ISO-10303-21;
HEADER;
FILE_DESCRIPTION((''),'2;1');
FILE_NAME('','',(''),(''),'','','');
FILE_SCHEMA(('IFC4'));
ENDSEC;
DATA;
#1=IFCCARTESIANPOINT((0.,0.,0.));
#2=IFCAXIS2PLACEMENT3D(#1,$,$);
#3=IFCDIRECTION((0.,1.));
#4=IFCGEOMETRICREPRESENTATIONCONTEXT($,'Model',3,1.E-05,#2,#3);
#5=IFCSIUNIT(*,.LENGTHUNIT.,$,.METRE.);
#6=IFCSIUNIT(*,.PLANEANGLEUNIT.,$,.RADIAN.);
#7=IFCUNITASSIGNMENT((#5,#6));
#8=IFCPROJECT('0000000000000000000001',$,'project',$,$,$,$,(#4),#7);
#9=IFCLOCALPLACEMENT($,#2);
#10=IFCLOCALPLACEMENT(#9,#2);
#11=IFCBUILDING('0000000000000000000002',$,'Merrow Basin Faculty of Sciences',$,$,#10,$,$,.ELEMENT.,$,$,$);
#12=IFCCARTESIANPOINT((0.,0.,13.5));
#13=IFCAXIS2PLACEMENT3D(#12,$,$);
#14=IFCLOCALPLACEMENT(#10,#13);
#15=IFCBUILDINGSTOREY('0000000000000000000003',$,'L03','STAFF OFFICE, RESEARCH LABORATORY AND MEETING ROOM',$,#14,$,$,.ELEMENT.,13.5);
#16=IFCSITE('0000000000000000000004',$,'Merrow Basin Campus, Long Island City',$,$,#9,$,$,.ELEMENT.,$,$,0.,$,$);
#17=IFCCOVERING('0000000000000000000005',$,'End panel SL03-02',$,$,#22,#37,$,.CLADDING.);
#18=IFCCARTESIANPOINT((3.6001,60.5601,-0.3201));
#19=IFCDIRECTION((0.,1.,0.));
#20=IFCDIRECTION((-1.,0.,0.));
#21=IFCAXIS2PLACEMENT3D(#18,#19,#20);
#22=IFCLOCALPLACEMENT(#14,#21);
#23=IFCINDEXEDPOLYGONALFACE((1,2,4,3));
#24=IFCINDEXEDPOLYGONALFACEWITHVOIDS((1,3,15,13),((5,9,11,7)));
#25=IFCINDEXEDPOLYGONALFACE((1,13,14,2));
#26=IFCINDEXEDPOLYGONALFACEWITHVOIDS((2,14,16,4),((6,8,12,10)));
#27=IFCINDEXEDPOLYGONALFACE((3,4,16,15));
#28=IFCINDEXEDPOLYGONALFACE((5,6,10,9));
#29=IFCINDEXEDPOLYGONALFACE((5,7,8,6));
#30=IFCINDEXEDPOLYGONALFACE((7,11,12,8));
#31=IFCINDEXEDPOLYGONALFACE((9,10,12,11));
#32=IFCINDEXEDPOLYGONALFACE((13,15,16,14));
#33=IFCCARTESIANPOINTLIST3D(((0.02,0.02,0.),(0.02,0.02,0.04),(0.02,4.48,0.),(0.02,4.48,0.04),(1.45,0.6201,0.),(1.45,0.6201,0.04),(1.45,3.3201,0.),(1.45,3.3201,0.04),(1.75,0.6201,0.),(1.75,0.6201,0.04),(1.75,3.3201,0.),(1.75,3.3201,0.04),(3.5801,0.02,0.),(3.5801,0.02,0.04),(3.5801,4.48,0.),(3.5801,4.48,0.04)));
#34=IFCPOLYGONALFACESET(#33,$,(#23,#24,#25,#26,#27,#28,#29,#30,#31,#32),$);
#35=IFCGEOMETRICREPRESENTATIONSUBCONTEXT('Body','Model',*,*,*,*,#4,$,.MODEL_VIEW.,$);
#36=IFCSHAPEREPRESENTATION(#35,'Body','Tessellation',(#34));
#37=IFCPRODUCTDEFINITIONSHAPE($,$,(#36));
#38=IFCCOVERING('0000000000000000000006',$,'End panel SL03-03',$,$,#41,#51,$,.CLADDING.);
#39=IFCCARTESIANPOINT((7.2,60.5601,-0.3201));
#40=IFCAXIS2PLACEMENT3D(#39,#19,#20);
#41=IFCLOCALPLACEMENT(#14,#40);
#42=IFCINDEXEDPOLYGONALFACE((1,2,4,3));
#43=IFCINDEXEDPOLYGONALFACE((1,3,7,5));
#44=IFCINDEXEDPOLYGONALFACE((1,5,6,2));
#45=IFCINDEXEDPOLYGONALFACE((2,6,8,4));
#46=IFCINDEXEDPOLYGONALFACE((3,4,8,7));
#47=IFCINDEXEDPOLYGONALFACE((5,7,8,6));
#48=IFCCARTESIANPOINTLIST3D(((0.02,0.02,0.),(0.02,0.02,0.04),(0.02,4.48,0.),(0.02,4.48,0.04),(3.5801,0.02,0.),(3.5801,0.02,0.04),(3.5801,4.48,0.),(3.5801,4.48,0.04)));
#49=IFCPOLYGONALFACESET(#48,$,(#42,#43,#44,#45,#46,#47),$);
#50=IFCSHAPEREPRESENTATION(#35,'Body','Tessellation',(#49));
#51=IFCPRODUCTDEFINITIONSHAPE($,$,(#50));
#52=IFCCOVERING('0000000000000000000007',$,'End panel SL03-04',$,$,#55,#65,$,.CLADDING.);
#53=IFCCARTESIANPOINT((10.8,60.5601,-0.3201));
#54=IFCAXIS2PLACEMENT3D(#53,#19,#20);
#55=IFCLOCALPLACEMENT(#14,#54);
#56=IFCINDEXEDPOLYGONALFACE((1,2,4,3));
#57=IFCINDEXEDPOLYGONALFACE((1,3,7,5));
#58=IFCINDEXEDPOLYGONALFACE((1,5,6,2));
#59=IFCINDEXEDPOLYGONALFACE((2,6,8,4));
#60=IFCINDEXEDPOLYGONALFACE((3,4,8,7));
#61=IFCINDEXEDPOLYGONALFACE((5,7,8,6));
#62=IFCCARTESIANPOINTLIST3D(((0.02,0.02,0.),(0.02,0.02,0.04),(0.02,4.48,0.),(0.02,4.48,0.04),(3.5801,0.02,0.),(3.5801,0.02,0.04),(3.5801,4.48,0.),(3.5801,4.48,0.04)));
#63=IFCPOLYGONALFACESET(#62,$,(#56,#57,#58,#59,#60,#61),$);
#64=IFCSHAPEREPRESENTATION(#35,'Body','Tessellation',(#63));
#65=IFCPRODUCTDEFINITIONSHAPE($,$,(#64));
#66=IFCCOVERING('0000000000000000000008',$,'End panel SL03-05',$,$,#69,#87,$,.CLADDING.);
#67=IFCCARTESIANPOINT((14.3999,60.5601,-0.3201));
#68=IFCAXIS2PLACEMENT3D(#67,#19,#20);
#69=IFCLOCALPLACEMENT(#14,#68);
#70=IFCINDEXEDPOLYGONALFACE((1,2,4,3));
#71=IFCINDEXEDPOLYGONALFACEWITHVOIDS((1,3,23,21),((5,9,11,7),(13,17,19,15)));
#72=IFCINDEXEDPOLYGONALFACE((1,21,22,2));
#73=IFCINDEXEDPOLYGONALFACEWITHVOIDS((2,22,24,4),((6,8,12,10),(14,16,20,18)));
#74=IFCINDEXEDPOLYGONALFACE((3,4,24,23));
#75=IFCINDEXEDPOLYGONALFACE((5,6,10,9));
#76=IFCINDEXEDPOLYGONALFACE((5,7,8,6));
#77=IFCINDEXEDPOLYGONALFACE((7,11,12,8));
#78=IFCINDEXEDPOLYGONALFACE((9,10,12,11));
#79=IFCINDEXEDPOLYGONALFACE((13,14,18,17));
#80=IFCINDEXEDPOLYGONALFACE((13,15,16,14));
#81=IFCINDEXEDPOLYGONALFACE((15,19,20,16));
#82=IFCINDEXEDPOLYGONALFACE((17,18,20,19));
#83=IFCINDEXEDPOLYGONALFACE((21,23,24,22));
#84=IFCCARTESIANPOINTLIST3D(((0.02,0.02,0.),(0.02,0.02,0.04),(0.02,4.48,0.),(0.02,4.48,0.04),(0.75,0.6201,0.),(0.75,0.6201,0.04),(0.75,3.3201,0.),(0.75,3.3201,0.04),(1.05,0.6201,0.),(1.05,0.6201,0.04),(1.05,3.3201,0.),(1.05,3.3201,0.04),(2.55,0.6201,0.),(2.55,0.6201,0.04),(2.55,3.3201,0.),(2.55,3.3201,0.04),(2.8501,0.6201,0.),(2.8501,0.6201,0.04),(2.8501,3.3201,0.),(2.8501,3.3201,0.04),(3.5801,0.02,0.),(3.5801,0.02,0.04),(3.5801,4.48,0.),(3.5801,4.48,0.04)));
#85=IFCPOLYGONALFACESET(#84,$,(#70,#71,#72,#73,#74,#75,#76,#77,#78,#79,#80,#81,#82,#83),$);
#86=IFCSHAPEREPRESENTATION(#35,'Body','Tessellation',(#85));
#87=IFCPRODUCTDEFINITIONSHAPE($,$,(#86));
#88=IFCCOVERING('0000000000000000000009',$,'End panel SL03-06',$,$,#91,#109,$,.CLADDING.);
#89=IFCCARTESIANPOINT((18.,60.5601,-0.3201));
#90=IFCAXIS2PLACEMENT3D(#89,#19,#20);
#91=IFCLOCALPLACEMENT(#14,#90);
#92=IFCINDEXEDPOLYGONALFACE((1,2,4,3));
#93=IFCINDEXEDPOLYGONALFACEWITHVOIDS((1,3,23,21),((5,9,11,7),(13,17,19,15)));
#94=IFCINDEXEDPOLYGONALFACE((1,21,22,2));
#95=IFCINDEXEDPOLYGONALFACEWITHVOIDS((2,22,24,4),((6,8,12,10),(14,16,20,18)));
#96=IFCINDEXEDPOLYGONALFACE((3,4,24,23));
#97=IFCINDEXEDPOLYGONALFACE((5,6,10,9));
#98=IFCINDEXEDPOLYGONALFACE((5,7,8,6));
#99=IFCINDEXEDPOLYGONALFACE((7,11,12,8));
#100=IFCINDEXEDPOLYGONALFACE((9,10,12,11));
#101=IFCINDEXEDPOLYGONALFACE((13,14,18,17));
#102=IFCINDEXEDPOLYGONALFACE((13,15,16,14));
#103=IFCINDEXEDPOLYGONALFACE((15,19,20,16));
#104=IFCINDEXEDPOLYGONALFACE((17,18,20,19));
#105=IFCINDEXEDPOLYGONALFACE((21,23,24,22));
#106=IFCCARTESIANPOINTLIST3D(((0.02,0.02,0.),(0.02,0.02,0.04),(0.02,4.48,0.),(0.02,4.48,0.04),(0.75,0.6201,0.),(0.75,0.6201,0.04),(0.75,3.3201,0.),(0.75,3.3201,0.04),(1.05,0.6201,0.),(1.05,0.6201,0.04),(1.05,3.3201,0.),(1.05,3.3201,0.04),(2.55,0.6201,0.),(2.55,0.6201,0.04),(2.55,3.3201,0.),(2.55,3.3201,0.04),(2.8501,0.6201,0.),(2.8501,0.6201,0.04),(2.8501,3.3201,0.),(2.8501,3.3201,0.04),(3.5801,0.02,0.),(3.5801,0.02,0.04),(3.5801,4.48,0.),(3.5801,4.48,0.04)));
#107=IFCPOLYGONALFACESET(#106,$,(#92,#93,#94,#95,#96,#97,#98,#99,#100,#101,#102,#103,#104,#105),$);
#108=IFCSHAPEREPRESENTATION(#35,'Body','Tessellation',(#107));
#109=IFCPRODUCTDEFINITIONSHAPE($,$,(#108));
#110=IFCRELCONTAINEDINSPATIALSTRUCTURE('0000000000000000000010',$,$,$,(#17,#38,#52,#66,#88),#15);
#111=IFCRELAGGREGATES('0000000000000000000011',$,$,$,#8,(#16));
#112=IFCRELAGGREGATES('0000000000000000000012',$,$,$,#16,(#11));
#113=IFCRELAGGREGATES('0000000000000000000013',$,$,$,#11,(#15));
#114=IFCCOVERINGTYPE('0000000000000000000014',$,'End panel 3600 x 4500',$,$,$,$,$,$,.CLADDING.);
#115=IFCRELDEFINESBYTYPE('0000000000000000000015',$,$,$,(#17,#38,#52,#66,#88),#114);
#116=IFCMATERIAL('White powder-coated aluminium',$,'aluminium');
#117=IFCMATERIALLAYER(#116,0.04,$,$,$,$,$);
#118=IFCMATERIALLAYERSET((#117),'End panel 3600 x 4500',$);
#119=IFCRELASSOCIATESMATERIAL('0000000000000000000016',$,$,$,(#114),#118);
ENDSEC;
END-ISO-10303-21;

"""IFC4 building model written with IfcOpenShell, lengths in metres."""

from ifc_helpers import new_model, si_unit, direction, frame, origin, place, context, subcontext, project, spatial, polyline, outline, extrude, source, transform, mapped, material, layer, layer_set, type_object, element, save


model = new_model("IFC4")

# Units and contexts
model_context = context("Model", 3, precision=1e-05, world=origin(), true_north=direction((0.0, 1.0)))
body_context = subcontext(model_context, "Body", "Model", "MODEL_VIEW")
ifc_project = project(units=[si_unit("LENGTHUNIT", "METRE"), si_unit("PLANEANGLEUNIT", "RADIAN")], contexts=[model_context])

# Site, building, storey
site_placement = place(None, origin())
site = spatial("IfcSite", under=ifc_project, at=site_placement, Name="Merrow Basin Campus, Long Island City", CompositionType="ELEMENT", RefElevation=0.0)
building_placement = place(site_placement, origin())
building = spatial("IfcBuilding", under=site, at=building_placement, Name="Merrow Basin Faculty of Sciences", CompositionType="ELEMENT")
storey_placement = place(building_placement, frame((0.0, 0.0, 13.5)))
storey = spatial("IfcBuildingStorey", under=building, at=storey_placement, Name="L03", Description="STAFF OFFICE, RESEARCH LABORATORY AND MEETING ROOM", CompositionType="ELEMENT", Elevation=13.5)

# Coverings
ifc_material_1 = material(Name="White powder-coated aluminium", Category="aluminium")
ifc_layer = layer(ifc_material_1, 0.04)
ifc_layer_set = layer_set([ifc_layer], Name="End panel 3600 x 4500")
covering_type = type_object("IfcCoveringType", Name="End panel 3600 x 4500", PredefinedType="CLADDING", material=ifc_layer_set)
shared_shape_1 = source(origin(), body_context, "Body", "SweptSolid", [
    extrude(outline(polyline([(0.02, 0.02), (3.5801, 0.02), (3.5801, 4.48), (0.02, 4.48), (0.02, 0.02)]), holes=[polyline([(1.45, 0.6201), (1.75, 0.6201), (1.75, 3.3201), (1.45, 3.3201), (1.45, 0.6201)])]), origin(), (0.0, 0.0, 1.0), 0.04),
])
covering_1_placement = place(storey_placement, frame((3.6001, 60.5601, -0.3201), z_axis=(0.0, 1.0, 0.0), x_axis=(-1.0, 0.0, 0.0)))
element("IfcCovering", 1, at=covering_1_placement, inside=storey, type_object=covering_type, Name="End panel SL03-02", PredefinedType="CLADDING", context=body_context, shape_type="MappedRepresentation", body=[
    mapped(shared_shape_1, transform((0.0, 0.0, 0.0), scale=1.0)),
])
shared_shape_2 = source(origin(), body_context, "Body", "SweptSolid", [
    extrude(outline(polyline([(0.02, 0.02), (3.5801, 0.02), (3.5801, 4.48), (0.02, 4.48), (0.02, 0.02)])), origin(), (0.0, 0.0, 1.0), 0.04),
])
covering_2_placement = place(storey_placement, frame((7.2, 60.5601, -0.3201), z_axis=(0.0, 1.0, 0.0), x_axis=(-1.0, 0.0, 0.0)))
element("IfcCovering", 2, at=covering_2_placement, inside=storey, type_object=covering_type, Name="End panel SL03-03", PredefinedType="CLADDING", context=body_context, shape_type="MappedRepresentation", body=[
    mapped(shared_shape_2, transform((0.0, 0.0, 0.0), scale=1.0)),
])
shared_shape_3 = source(origin(), body_context, "Body", "SweptSolid", [
    extrude(outline(polyline([(0.02, 0.02), (3.5801, 0.02), (3.5801, 4.48), (0.02, 4.48), (0.02, 0.02)])), origin(), (0.0, 0.0, 1.0), 0.04),
])
covering_3_placement = place(storey_placement, frame((10.8, 60.5601, -0.3201), z_axis=(0.0, 1.0, 0.0), x_axis=(-1.0, 0.0, 0.0)))
element("IfcCovering", 3, at=covering_3_placement, inside=storey, type_object=covering_type, Name="End panel SL03-04", PredefinedType="CLADDING", context=body_context, shape_type="MappedRepresentation", body=[
    mapped(shared_shape_3, transform((0.0, 0.0, 0.0), scale=1.0)),
])
shared_shape_4 = source(origin(), body_context, "Body", "SweptSolid", [
    extrude(outline(polyline([(0.02, 0.02), (3.5801, 0.02), (3.5801, 4.48), (0.02, 4.48), (0.02, 0.02)]), holes=[polyline([(2.55, 0.6201), (2.8501, 0.6201), (2.8501, 3.3201), (2.55, 3.3201), (2.55, 0.6201)]), polyline([(0.75, 0.6201), (1.05, 0.6201), (1.05, 3.3201), (0.75, 3.3201), (0.75, 0.6201)])]), origin(), (0.0, 0.0, 1.0), 0.04),
])
covering_4_placement = place(storey_placement, frame((14.3999, 60.5601, -0.3201), z_axis=(0.0, 1.0, 0.0), x_axis=(-1.0, 0.0, 0.0)))
element("IfcCovering", 4, at=covering_4_placement, inside=storey, type_object=covering_type, Name="End panel SL03-05", PredefinedType="CLADDING", context=body_context, shape_type="MappedRepresentation", body=[
    mapped(shared_shape_4, transform((0.0, 0.0, 0.0), scale=1.0)),
])
shared_shape_5 = source(origin(), body_context, "Body", "SweptSolid", [
    extrude(outline(polyline([(0.02, 0.02), (3.5801, 0.02), (3.5801, 4.48), (0.02, 4.48), (0.02, 0.02)]), holes=[polyline([(2.55, 0.6201), (2.8501, 0.6201), (2.8501, 3.3201), (2.55, 3.3201), (2.55, 0.6201)]), polyline([(0.75, 0.6201), (1.05, 0.6201), (1.05, 3.3201), (0.75, 3.3201), (0.75, 0.6201)])]), origin(), (0.0, 0.0, 1.0), 0.04),
])
covering_5_placement = place(storey_placement, frame((18.0, 60.5601, -0.3201), z_axis=(0.0, 1.0, 0.0), x_axis=(-1.0, 0.0, 0.0)))
element("IfcCovering", 5, at=covering_5_placement, inside=storey, type_object=covering_type, Name="End panel SL03-06", PredefinedType="CLADDING", context=body_context, shape_type="MappedRepresentation", body=[
    mapped(shared_shape_5, transform((0.0, 0.0, 0.0), scale=1.0)),
])

save(model, "model.ifc")
